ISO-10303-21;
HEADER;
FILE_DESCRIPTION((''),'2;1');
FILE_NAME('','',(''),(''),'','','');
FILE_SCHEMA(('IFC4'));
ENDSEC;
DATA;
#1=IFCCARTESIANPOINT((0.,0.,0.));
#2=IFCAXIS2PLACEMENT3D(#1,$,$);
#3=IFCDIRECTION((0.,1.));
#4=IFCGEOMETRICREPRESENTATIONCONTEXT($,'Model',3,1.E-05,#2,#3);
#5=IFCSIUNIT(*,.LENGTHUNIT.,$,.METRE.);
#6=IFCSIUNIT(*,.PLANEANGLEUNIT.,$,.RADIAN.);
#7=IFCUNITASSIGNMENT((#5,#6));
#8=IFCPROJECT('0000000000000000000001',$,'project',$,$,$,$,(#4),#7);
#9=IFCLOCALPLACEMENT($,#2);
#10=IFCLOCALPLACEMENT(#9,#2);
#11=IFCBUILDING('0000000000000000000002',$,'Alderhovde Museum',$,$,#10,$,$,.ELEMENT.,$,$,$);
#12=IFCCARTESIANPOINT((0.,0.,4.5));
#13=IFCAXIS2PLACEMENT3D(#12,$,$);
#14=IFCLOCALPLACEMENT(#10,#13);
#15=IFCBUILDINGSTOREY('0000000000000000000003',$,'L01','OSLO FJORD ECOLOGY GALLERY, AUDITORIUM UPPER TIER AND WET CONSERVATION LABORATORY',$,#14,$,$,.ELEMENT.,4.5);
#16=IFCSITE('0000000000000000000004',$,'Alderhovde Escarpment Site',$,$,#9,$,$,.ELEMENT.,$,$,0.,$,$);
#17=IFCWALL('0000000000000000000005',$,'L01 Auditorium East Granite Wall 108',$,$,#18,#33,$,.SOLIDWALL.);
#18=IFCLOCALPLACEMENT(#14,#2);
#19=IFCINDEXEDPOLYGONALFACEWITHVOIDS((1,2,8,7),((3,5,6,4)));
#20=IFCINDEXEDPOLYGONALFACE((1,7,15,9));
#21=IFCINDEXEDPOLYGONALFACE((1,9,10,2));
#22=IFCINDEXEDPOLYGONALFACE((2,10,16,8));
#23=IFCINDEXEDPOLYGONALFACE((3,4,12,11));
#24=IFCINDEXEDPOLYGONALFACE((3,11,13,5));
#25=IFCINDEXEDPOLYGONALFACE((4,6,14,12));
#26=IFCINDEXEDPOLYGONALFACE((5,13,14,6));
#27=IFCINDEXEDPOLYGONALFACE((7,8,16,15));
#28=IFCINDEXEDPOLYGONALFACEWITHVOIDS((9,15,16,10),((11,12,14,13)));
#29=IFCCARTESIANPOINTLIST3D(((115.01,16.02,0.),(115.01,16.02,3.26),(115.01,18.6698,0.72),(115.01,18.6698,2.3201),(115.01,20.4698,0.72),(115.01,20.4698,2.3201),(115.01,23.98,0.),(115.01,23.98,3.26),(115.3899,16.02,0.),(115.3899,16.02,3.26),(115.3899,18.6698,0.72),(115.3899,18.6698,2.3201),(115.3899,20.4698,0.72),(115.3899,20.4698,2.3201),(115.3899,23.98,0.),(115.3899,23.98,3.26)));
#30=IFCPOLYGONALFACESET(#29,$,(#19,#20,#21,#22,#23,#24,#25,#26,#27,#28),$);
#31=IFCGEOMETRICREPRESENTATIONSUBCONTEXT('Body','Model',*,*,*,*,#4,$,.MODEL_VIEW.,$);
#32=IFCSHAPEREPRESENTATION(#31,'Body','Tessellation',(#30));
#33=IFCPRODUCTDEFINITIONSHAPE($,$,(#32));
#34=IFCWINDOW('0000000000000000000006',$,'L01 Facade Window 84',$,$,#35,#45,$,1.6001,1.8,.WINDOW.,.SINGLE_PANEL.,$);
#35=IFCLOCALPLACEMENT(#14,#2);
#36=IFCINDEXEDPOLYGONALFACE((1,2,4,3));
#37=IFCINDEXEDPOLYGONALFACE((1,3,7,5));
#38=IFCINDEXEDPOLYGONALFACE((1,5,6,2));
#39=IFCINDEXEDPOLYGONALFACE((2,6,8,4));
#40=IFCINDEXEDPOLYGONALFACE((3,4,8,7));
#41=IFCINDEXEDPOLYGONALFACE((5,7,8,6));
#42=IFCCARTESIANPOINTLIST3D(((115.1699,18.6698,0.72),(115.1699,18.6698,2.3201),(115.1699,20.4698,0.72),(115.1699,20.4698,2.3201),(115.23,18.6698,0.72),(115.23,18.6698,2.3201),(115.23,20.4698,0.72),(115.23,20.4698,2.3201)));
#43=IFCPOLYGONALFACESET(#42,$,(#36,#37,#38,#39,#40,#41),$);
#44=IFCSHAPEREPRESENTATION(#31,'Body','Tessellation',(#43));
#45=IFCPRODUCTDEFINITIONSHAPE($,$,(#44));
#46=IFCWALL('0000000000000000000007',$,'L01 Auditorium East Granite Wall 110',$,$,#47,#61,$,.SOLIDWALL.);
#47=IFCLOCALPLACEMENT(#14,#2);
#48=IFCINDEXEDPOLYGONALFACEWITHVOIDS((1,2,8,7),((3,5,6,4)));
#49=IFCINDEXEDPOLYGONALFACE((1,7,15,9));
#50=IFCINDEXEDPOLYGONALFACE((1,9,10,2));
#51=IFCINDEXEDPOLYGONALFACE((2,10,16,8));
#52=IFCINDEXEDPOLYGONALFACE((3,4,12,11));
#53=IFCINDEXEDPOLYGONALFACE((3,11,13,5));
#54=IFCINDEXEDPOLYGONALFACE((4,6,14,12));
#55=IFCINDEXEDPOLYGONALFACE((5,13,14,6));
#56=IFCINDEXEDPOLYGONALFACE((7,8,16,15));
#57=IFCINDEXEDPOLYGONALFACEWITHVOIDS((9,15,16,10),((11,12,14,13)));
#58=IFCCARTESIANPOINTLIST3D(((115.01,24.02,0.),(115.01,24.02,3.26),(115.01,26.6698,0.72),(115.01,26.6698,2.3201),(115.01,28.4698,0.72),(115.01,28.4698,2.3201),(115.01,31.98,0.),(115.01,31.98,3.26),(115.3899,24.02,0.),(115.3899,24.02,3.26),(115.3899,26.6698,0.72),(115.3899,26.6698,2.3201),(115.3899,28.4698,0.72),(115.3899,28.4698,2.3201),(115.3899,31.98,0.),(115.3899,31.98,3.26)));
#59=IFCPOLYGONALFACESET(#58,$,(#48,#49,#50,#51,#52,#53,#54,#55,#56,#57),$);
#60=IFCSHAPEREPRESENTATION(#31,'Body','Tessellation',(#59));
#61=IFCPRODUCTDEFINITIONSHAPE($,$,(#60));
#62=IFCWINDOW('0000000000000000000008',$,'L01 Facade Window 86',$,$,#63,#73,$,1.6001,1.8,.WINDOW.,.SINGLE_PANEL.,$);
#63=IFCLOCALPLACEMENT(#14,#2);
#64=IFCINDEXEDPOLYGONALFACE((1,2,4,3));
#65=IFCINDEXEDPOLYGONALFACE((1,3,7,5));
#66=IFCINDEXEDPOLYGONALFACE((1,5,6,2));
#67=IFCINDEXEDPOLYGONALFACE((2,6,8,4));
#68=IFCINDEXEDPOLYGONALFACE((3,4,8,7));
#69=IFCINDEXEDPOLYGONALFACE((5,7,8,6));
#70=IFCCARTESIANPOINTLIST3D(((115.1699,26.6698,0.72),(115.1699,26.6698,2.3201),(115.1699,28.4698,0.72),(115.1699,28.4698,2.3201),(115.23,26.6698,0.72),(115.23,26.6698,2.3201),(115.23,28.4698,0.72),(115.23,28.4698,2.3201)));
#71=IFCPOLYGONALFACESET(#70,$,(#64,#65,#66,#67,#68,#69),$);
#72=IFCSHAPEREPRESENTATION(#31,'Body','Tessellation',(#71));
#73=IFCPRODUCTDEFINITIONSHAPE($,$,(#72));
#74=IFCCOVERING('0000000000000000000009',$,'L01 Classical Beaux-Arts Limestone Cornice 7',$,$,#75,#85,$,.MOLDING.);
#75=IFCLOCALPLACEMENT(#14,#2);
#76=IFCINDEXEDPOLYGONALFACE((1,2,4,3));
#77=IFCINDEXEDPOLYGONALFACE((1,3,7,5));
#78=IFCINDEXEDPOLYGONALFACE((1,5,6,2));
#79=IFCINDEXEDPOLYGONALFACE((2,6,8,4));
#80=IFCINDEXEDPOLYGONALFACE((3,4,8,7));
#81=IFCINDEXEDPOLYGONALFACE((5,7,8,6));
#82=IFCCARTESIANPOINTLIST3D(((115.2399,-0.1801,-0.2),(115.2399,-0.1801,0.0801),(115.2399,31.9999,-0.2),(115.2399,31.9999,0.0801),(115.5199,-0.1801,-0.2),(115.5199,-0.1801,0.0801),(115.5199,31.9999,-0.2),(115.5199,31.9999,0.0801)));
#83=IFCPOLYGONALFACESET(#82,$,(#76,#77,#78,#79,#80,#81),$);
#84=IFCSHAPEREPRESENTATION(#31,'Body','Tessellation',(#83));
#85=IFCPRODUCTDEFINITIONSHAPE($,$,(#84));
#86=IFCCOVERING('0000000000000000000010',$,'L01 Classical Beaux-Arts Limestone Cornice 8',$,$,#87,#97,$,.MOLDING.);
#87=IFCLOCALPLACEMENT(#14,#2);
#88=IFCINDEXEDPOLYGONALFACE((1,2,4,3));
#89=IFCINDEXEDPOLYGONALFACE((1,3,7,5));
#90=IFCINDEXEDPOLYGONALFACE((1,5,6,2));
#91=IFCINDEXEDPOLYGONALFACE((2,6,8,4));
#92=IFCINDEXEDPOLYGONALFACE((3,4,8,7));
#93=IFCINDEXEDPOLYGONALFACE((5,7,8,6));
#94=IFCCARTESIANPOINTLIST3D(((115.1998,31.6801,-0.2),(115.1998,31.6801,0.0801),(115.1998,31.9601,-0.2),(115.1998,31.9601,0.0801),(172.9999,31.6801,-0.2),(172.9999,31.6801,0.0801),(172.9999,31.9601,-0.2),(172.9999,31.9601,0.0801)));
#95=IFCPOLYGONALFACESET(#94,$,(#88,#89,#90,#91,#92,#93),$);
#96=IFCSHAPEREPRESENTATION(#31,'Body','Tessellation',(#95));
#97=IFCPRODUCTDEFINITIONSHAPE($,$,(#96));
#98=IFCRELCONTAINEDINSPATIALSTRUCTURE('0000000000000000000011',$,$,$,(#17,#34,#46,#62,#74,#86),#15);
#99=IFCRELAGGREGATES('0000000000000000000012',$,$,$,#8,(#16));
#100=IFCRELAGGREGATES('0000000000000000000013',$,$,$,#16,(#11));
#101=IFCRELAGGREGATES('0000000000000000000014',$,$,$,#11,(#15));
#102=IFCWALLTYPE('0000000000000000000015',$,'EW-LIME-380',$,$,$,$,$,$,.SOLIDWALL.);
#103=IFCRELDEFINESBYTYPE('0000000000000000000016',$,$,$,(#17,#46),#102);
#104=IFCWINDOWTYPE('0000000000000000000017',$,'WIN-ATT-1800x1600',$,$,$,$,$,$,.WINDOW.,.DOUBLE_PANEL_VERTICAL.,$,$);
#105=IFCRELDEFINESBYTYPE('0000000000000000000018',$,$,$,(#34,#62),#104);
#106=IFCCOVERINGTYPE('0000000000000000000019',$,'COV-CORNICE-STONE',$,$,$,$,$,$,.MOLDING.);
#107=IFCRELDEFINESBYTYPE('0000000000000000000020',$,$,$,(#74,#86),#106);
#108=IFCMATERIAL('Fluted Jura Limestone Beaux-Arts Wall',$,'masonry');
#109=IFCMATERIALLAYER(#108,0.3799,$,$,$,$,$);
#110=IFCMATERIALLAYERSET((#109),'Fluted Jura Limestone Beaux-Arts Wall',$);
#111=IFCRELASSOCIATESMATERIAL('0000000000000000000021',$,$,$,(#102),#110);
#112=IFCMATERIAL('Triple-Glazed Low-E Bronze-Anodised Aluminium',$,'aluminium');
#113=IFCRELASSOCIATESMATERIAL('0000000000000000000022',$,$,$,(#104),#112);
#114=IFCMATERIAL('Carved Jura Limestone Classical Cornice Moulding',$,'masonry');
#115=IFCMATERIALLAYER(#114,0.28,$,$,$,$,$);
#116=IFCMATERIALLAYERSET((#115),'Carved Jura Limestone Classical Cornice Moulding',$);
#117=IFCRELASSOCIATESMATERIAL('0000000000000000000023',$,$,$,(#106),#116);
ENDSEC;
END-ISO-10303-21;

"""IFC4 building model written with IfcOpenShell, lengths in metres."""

from ifc_helpers import new_model, si_unit, direction, frame, frame_2d, origin, place, context, subcontext, project, spatial, rectangle, extrude, material, layer, layer_set, type_object, element, fill, save


model = new_model("IFC4")

# Units and contexts
model_context = context("Model", 3, precision=1e-05, world=origin(), true_north=direction((0.0, 1.0)))
body_context = subcontext(model_context, "Body", "Model", "MODEL_VIEW")
ifc_project = project(units=[si_unit("LENGTHUNIT", "METRE"), si_unit("PLANEANGLEUNIT", "RADIAN")], contexts=[model_context])

# Site, building, storey
site_placement = place(None, origin())
site = spatial("IfcSite", under=ifc_project, at=site_placement, Name="Alderhovde Escarpment Site", CompositionType="ELEMENT", RefElevation=0.0)
building_placement = place(site_placement, origin())
building = spatial("IfcBuilding", under=site, at=building_placement, Name="Alderhovde Museum", CompositionType="ELEMENT")
storey_placement = place(building_placement, frame((0.0, 0.0, 4.5)))
storey = spatial("IfcBuildingStorey", under=building, at=storey_placement, Name="L01", Description="OSLO FJORD ECOLOGY GALLERY, AUDITORIUM UPPER TIER AND WET CONSERVATION LABORATORY", CompositionType="ELEMENT", Elevation=4.5)

# Shared definitions
ifc_material_1 = material(Name="Fluted Jura Limestone Beaux-Arts Wall", Category="masonry")
ifc_layer_1 = layer(ifc_material_1, 0.3799)
ifc_layer_set_1 = layer_set([ifc_layer_1], Name="Fluted Jura Limestone Beaux-Arts Wall")
wall_type = type_object("IfcWallType", Name="EW-LIME-380", PredefinedType="SOLIDWALL", material=ifc_layer_set_1)
ifc_material_2 = material(Name="Triple-Glazed Low-E Bronze-Anodised Aluminium", Category="aluminium")
window_type = type_object("IfcWindowType", Name="WIN-ATT-1800x1600", PartitioningType="DOUBLE_PANEL_VERTICAL", PredefinedType="WINDOW", material=ifc_material_2)

# Walls, openings, windows
wall_1_placement = place(storey_placement, frame((115.2, 16.02, 0.0), z_axis=(0.0, 0.0, 1.0), x_axis=(0.0, 1.0, 0.0)))
wall_1 = element("IfcWall", 1, at=wall_1_placement, inside=storey, type_object=wall_type, Name="L01 Auditorium East Granite Wall 108", PredefinedType="SOLIDWALL", context=body_context, shape_type="SweptSolid", body=[
    extrude(rectangle(XDim=7.96, YDim=0.3799, at=frame_2d((3.98, 0.0))), origin(), (0.0, 0.0, 1.0), 3.26),
])
opening_1_placement = place(wall_1_placement, frame((2.6499, 0.0, 0.72)))
opening_1 = element("IfcOpeningElement", 2, at=opening_1_placement, cuts=wall_1, PredefinedType="OPENING", context=body_context, shape_type="SweptSolid", body=[
    extrude(rectangle(XDim=1.8, YDim=1.6001, at=frame_2d((0.8999, 0.8))), frame((0.0, 0.2, 0.0), z_axis=(0.0, -1.0, 0.0), x_axis=(1.0, 0.0, 0.0)), (0.0, 0.0, 1.0), 0.3999),
])
window_1_placement = place(opening_1_placement, origin())
window_1 = element("IfcWindow", 3, at=window_1_placement, inside=storey, type_object=window_type, Name="L01 Facade Window 84", OverallHeight=1.6001, OverallWidth=1.8, PartitioningType="SINGLE_PANEL", PredefinedType="WINDOW", context=body_context, shape_type="SweptSolid", body=[
    extrude(rectangle(XDim=1.8, YDim=1.6001, at=frame_2d((0.8999, 0.8))), frame((0.0, 0.03, 0.0), z_axis=(0.0, -1.0, 0.0), x_axis=(1.0, 0.0, 0.0)), (0.0, 0.0, 1.0), 0.0601),
])
fill(opening_1, window_1)
wall_2_placement = place(storey_placement, frame((115.2, 24.02, 0.0), z_axis=(0.0, 0.0, 1.0), x_axis=(0.0, 1.0, 0.0)))
wall_2 = element("IfcWall", 4, at=wall_2_placement, inside=storey, type_object=wall_type, Name="L01 Auditorium East Granite Wall 110", PredefinedType="SOLIDWALL", context=body_context, shape_type="SweptSolid", body=[
    extrude(rectangle(XDim=7.96, YDim=0.3799, at=frame_2d((3.98, 0.0))), origin(), (0.0, 0.0, 1.0), 3.26),
])
opening_2_placement = place(wall_2_placement, frame((2.6499, 0.0, 0.72)))
opening_2 = element("IfcOpeningElement", 5, at=opening_2_placement, cuts=wall_2, PredefinedType="OPENING", context=body_context, shape_type="SweptSolid", body=[
    extrude(rectangle(XDim=1.8, YDim=1.6001, at=frame_2d((0.8999, 0.8))), frame((0.0, 0.2, 0.0), z_axis=(0.0, -1.0, 0.0), x_axis=(1.0, 0.0, 0.0)), (0.0, 0.0, 1.0), 0.3999),
])
window_2_placement = place(opening_2_placement, origin())
window_2 = element("IfcWindow", 6, at=window_2_placement, inside=storey, type_object=window_type, Name="L01 Facade Window 86", OverallHeight=1.6001, OverallWidth=1.8, PartitioningType="SINGLE_PANEL", PredefinedType="WINDOW", context=body_context, shape_type="SweptSolid", body=[
    extrude(rectangle(XDim=1.8, YDim=1.6001, at=frame_2d((0.8999, 0.8))), frame((0.0, 0.03, 0.0), z_axis=(0.0, -1.0, 0.0), x_axis=(1.0, 0.0, 0.0)), (0.0, 0.0, 1.0), 0.0601),
])
fill(opening_2, window_2)

# Coverings
ifc_material_3 = material(Name="Carved Jura Limestone Classical Cornice Moulding", Category="masonry")
ifc_layer_2 = layer(ifc_material_3, 0.28)
ifc_layer_set_2 = layer_set([ifc_layer_2], Name="Carved Jura Limestone Classical Cornice Moulding")
covering_type = type_object("IfcCoveringType", Name="COV-CORNICE-STONE", PredefinedType="MOLDING", material=ifc_layer_set_2)
covering_1_placement = place(storey_placement, frame((115.3799, -0.1799, -0.2), z_axis=(0.0, 0.0, 1.0), x_axis=(0.0, 1.0, 0.0)))
element("IfcCovering", 7, at=covering_1_placement, inside=storey, type_object=covering_type, Name="L01 Classical Beaux-Arts Limestone Cornice 7", PredefinedType="MOLDING", context=body_context, shape_type="SweptSolid", body=[
    extrude(rectangle(XDim=32.1799, YDim=0.28, at=frame_2d((16.0898, 0.0))), origin(), (0.0, 0.0, 1.0), 0.28),
])
covering_2_placement = place(storey_placement, frame((115.2, 31.8201, -0.2), z_axis=(0.0, 0.0, 1.0), x_axis=(1.0, 0.0, 0.0)))
element("IfcCovering", 8, at=covering_2_placement, inside=storey, type_object=covering_type, Name="L01 Classical Beaux-Arts Limestone Cornice 8", PredefinedType="MOLDING", context=body_context, shape_type="SweptSolid", body=[
    extrude(rectangle(XDim=57.8, YDim=0.28, at=frame_2d((28.8999, 0.0))), origin(), (0.0, 0.0, 1.0), 0.28),
])

save(model, "model.ifc")
